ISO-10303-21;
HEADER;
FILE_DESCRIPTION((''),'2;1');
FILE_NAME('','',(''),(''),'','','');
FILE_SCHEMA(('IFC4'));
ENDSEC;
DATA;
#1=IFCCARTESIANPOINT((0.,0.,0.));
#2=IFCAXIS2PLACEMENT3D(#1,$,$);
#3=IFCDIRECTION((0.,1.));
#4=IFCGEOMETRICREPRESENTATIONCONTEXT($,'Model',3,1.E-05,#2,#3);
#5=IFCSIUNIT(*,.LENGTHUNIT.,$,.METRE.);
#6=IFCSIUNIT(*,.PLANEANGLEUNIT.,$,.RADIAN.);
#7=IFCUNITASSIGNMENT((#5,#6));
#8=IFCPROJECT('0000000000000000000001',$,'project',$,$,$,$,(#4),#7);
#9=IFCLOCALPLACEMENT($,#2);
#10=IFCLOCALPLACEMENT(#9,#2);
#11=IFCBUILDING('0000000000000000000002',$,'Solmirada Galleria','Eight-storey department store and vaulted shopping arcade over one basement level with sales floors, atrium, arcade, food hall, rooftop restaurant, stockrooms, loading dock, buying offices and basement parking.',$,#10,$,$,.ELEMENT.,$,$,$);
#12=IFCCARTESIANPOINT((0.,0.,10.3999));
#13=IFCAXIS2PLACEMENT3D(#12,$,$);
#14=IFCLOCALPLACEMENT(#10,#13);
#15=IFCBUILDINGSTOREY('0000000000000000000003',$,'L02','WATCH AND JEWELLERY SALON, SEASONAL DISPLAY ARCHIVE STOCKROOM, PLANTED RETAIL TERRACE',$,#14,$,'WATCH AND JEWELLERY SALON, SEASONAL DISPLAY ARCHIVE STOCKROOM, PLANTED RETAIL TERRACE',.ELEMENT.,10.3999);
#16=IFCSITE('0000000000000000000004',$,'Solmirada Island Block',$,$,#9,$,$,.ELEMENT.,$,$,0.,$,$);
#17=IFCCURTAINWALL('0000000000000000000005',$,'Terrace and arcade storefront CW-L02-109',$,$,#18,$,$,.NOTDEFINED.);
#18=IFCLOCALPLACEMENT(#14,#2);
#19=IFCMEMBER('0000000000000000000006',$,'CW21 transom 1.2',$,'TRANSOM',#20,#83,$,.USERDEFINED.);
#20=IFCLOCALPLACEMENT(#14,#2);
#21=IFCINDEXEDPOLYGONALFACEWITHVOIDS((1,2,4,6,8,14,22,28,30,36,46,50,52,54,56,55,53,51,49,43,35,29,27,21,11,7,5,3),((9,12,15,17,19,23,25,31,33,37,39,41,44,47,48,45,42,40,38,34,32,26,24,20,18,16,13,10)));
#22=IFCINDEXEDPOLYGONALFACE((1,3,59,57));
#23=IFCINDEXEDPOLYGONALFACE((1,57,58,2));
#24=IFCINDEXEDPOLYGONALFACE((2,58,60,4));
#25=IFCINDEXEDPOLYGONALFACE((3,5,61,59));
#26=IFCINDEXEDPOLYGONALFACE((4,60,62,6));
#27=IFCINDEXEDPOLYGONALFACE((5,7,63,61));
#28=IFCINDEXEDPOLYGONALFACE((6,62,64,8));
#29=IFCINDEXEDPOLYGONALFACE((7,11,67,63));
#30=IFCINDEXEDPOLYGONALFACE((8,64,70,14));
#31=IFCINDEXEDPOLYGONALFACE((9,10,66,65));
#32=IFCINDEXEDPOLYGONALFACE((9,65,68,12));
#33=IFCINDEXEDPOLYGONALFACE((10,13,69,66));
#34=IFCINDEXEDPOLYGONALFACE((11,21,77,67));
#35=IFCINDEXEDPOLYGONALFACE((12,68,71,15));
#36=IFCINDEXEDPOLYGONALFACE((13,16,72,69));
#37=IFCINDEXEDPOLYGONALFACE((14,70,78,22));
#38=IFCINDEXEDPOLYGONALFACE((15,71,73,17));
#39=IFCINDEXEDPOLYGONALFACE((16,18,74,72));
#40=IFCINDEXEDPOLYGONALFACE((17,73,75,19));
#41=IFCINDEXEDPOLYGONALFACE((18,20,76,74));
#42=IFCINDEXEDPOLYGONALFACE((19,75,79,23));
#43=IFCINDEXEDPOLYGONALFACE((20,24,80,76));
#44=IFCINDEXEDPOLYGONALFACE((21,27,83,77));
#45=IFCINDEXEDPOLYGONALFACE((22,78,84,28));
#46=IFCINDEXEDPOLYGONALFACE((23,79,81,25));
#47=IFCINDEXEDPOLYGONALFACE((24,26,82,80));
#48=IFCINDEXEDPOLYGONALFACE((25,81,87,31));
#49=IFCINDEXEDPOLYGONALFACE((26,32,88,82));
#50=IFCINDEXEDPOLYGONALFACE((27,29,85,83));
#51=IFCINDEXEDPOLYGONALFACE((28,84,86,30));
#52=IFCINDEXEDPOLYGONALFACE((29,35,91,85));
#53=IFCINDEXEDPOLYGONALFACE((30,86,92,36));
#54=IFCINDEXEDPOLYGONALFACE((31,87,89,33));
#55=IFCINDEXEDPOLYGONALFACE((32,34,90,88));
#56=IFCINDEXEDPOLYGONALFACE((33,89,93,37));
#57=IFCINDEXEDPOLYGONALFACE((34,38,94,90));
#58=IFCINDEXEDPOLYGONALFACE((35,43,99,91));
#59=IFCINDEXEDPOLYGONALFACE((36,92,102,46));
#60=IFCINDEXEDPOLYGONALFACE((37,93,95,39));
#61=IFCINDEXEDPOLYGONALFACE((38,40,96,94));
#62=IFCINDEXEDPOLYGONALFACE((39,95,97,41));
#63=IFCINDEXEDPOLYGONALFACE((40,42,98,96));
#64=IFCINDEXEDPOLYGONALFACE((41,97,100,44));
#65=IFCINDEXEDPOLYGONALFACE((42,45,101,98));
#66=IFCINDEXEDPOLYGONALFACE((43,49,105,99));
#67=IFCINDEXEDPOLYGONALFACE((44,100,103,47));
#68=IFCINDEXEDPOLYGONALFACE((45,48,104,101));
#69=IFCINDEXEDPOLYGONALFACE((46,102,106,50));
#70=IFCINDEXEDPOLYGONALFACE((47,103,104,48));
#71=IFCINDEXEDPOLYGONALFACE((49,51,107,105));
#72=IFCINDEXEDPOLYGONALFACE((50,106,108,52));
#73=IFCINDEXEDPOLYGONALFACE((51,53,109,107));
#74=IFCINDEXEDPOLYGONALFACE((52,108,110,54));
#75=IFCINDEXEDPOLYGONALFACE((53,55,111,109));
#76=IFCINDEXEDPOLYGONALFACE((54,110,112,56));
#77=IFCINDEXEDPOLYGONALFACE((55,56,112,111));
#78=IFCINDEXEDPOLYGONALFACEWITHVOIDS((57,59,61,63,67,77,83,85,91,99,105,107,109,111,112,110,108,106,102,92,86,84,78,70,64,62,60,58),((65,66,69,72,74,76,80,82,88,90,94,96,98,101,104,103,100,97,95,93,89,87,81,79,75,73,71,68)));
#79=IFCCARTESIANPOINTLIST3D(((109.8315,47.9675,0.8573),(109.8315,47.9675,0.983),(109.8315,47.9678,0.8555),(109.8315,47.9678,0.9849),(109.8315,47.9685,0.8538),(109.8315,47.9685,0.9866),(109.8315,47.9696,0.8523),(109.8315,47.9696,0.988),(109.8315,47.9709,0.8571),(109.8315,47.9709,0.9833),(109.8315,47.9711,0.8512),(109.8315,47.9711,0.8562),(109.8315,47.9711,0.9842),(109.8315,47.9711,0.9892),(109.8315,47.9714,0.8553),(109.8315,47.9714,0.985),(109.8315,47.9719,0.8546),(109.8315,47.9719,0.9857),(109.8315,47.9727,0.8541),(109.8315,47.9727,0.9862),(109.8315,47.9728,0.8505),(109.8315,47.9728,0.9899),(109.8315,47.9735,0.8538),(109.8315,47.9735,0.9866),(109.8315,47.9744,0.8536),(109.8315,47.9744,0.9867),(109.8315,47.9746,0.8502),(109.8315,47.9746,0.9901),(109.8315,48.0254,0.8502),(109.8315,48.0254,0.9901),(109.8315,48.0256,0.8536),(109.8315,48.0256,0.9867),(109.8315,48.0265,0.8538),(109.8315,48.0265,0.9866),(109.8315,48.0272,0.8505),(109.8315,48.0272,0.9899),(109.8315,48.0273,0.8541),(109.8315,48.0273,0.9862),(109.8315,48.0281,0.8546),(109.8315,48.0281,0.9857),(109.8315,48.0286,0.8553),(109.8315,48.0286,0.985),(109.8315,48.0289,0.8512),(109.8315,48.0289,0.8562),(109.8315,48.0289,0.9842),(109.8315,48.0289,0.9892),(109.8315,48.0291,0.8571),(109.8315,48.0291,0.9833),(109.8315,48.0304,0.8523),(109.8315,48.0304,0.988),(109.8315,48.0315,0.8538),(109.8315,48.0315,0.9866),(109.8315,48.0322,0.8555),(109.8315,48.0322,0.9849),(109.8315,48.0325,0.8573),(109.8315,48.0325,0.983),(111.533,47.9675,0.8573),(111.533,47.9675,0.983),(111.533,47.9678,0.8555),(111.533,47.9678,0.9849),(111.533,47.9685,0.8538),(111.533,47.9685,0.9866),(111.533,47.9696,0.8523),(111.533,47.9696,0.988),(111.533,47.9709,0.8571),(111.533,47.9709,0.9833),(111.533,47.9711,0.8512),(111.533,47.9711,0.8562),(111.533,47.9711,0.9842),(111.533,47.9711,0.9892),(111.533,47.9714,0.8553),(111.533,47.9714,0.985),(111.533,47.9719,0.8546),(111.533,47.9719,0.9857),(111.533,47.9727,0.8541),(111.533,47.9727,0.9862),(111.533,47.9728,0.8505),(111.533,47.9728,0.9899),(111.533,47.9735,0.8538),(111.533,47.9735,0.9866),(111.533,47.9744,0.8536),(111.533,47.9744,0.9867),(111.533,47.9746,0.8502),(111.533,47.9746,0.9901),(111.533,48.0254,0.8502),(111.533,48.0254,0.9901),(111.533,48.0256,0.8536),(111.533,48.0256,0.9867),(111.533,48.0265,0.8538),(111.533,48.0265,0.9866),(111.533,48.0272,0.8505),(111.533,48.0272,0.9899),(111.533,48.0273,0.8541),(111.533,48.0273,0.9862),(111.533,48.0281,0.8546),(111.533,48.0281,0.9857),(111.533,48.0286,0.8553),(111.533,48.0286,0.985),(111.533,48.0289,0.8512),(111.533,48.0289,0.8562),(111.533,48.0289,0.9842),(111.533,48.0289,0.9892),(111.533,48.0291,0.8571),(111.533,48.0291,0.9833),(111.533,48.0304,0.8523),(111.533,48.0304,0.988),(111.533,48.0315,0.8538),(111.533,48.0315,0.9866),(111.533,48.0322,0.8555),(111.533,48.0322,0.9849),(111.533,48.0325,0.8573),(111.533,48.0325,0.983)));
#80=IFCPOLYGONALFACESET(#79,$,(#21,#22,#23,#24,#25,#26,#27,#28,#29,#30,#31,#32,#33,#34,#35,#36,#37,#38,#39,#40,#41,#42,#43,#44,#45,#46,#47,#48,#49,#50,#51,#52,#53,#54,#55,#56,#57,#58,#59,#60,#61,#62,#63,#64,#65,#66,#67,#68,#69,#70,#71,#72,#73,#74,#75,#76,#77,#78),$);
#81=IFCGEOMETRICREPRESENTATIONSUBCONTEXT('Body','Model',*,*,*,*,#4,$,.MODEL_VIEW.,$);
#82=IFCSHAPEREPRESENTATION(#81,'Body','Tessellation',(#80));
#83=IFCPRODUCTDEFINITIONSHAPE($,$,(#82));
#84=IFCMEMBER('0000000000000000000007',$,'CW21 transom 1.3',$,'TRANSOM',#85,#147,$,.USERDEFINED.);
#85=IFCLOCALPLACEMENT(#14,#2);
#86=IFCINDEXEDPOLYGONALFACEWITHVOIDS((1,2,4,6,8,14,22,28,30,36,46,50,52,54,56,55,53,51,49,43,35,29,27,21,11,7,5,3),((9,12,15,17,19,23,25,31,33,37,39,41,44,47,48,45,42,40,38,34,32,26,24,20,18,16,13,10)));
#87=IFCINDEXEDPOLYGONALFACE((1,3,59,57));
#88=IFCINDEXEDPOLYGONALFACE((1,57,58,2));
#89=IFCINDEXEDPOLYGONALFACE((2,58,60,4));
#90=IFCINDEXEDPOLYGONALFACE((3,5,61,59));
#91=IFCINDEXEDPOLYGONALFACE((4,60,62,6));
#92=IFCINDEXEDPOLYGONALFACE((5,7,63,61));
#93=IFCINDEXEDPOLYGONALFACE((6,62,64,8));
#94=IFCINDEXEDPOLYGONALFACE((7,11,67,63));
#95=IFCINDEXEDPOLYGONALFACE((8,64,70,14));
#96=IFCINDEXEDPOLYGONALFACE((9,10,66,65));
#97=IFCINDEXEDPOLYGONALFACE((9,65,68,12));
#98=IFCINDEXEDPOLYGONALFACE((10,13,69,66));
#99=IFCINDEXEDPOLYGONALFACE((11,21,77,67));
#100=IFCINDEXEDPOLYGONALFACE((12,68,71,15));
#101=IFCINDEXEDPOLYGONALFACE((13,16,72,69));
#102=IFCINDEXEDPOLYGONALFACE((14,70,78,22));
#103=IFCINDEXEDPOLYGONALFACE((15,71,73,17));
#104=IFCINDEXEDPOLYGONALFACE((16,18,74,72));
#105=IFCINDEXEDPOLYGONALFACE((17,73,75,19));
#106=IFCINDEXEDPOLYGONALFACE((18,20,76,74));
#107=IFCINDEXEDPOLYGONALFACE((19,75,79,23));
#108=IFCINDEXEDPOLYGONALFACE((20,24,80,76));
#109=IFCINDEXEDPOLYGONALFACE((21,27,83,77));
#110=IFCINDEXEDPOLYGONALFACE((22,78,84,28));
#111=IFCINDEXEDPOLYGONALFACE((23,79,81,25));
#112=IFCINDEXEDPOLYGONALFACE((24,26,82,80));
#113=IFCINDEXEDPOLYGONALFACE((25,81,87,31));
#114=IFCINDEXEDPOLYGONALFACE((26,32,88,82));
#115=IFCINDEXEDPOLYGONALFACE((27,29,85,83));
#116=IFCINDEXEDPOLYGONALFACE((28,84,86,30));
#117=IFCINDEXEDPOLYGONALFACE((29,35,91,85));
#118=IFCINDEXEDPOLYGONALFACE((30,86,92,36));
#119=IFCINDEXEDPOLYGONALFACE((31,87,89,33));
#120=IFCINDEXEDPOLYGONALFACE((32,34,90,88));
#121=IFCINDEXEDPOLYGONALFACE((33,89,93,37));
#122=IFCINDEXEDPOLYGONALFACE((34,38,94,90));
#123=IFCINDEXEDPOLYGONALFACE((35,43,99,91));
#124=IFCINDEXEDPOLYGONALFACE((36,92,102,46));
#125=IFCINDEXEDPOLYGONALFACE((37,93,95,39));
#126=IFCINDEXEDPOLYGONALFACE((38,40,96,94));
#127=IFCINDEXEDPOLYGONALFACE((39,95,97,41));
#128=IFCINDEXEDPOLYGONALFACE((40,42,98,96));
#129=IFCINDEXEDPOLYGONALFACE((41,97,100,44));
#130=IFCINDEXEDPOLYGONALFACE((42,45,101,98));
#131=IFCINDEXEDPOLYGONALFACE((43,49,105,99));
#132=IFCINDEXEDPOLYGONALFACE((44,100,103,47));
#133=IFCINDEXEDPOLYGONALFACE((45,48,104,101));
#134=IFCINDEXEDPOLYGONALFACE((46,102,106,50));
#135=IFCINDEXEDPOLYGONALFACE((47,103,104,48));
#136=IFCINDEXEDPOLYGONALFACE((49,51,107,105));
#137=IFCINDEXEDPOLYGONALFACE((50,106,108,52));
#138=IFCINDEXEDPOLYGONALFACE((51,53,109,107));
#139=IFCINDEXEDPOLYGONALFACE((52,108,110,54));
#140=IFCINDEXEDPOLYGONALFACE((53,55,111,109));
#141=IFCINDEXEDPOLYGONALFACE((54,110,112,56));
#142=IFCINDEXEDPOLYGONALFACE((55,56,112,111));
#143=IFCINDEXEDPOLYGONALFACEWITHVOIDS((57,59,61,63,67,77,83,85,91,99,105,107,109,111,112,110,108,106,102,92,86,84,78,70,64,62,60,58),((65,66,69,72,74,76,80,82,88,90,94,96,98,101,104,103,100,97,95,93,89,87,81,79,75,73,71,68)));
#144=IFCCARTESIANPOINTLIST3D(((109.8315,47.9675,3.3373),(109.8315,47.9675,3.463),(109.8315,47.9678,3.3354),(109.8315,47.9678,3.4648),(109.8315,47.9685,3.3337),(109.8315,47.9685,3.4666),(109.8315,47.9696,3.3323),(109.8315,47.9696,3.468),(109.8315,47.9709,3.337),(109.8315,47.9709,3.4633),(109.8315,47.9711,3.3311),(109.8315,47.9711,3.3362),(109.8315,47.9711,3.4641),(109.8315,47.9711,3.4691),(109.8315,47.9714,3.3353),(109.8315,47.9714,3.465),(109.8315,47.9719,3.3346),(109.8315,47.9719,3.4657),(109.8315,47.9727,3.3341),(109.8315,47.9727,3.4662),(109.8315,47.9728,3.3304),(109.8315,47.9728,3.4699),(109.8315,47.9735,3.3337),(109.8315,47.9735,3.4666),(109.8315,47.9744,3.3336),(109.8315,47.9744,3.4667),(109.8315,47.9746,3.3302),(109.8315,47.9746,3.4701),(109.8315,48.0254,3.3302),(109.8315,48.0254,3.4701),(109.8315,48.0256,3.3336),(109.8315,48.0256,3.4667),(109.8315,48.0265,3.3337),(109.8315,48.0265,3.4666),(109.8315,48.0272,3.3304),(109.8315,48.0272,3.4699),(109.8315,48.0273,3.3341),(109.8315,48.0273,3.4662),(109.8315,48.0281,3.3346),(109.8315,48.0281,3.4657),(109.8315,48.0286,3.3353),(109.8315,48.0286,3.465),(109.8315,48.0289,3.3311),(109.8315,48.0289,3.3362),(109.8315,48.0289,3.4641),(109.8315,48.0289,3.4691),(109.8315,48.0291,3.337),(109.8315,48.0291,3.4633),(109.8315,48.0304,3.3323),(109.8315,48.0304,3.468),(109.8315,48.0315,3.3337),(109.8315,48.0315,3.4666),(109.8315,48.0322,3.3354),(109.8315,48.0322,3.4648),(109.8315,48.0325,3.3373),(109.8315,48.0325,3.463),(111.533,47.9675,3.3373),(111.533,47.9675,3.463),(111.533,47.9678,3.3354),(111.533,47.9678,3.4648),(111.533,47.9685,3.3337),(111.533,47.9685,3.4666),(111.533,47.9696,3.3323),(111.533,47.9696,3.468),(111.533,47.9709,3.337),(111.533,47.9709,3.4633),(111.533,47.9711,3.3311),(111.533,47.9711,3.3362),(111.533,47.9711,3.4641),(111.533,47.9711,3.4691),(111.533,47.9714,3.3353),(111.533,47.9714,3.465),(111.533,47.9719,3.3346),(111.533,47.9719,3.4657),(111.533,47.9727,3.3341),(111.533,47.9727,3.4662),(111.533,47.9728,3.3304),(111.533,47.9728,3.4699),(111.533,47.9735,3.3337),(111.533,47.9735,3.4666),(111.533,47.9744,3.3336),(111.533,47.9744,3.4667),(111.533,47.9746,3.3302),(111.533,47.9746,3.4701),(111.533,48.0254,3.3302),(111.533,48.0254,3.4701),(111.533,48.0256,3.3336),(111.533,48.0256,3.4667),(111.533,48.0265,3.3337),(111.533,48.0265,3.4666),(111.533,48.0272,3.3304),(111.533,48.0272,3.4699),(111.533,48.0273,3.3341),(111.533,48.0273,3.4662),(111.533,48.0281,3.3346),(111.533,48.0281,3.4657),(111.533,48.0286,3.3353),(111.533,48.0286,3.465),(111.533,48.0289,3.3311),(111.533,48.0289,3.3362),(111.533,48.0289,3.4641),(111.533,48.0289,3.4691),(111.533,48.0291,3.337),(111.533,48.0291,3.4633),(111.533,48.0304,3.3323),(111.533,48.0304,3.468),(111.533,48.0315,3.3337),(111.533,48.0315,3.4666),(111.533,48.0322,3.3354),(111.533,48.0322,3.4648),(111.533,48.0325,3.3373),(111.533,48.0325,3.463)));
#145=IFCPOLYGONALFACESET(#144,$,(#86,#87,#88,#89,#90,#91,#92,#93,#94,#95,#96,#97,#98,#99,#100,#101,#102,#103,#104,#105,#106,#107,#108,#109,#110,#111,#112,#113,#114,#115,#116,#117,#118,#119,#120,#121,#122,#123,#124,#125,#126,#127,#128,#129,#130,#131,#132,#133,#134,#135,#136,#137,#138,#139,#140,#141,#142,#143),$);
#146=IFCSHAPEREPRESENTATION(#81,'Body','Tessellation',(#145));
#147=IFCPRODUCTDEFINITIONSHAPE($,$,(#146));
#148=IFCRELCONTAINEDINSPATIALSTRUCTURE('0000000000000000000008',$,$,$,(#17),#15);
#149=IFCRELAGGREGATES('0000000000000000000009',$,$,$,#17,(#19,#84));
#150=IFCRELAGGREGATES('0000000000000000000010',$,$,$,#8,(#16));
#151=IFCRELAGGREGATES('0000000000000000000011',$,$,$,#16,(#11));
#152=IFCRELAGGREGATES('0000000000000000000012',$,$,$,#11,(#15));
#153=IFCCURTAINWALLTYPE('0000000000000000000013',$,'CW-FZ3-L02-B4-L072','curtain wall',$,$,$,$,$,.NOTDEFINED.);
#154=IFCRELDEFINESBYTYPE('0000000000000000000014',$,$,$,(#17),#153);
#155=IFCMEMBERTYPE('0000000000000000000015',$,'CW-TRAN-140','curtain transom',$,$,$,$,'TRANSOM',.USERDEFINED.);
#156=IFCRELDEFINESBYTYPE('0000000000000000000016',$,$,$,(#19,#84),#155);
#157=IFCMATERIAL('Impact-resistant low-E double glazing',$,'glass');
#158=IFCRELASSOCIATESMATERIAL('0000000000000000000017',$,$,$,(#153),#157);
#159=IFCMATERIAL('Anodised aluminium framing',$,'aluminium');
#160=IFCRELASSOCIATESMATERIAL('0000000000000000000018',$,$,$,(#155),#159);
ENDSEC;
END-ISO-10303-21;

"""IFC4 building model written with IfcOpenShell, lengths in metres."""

from ifc_helpers import new_model, si_unit, direction, frame, origin, origin_2d, place, context, subcontext, project, spatial, hollow_rectangle, extrude, material, material_profile, profile_set, type_object, element, aggregate, save


model = new_model("IFC4")

# Units and contexts
model_context = context("Model", 3, precision=1e-05, world=origin(), true_north=direction((0.0, 1.0)))
body_context = subcontext(model_context, "Body", "Model", "MODEL_VIEW")
ifc_project = project(units=[si_unit("LENGTHUNIT", "METRE"), si_unit("PLANEANGLEUNIT", "RADIAN")], contexts=[model_context])

# Site, building, storey
site_placement = place(None, origin())
site = spatial("IfcSite", under=ifc_project, at=site_placement, Name="Solmirada Island Block", CompositionType="ELEMENT", RefElevation=0.0)
building_placement = place(site_placement, origin())
building = spatial("IfcBuilding", under=site, at=building_placement, Name="Solmirada Galleria", Description="Eight-storey department store and vaulted shopping arcade over one basement level with sales floors, atrium, arcade, food hall, rooftop restaurant, stockrooms, loading dock, buying offices and basement parking.", CompositionType="ELEMENT")
storey_placement = place(building_placement, frame((0.0, 0.0, 10.3999)))
storey = spatial("IfcBuildingStorey", under=building, at=storey_placement, Name="L02", Description="WATCH AND JEWELLERY SALON, SEASONAL DISPLAY ARCHIVE STOCKROOM, PLANTED RETAIL TERRACE", LongName="WATCH AND JEWELLERY SALON, SEASONAL DISPLAY ARCHIVE STOCKROOM, PLANTED RETAIL TERRACE", CompositionType="ELEMENT", Elevation=10.3999)

# Curtain wall
ifc_material_1 = material(Name="Impact-resistant low-E double glazing", Category="glass")
curtain_wall_type = type_object("IfcCurtainWallType", Name="CW-FZ3-L02-B4-L072", Description="curtain wall", PredefinedType="NOTDEFINED", material=ifc_material_1)
ifc_material_2 = material(Name="Anodised aluminium framing", Category="aluminium")
curtain_wall_1_placement = place(storey_placement, origin())
curtain_wall_1 = element("IfcCurtainWall", 1, at=curtain_wall_1_placement, inside=storey, type_object=curtain_wall_type, Name="Terrace and arcade storefront CW-L02-109", PredefinedType="NOTDEFINED")

# Members
ifc_material_profile_1 = material_profile(ifc_material_2, hollow_rectangle(XDim=0.0649, YDim=0.1399, WallThickness=0.0034, InnerFilletRadius=0.0034, OuterFilletRadius=0.0071, at=origin_2d()), Name="ALU-TRAN-140X65")
ifc_profile_set_1 = profile_set([ifc_material_profile_1], Name="Anodised aluminium framing")
member_type_1 = type_object("IfcMemberType", Name="CW-TRAN-140", Description="curtain transom", ElementType="TRANSOM", PredefinedType="USERDEFINED", material=ifc_profile_set_1)
member_1_placement = place(storey_placement, frame((111.533, 48.0, 0.9202), z_axis=(-1.0, 0.0, 0.0), x_axis=(0.0, -1.0, 0.0)))
member_1 = element("IfcMember", 2, at=member_1_placement, type_object=member_type_1, Name="CW21 transom 1.2", ObjectType="TRANSOM", PredefinedType="USERDEFINED", context=body_context, shape_type="SweptSolid", body=[
    extrude(hollow_rectangle(XDim=0.0649, YDim=0.1399, WallThickness=0.0034, InnerFilletRadius=0.0034, OuterFilletRadius=0.0071, at=origin_2d()), origin(), (0.0, 0.0, 1.0), 1.7014),
])
member_2_placement = place(storey_placement, frame((111.533, 48.0, 3.4001), z_axis=(-1.0, 0.0, 0.0), x_axis=(0.0, -1.0, 0.0)))
member_2 = element("IfcMember", 3, at=member_2_placement, type_object=member_type_1, Name="CW21 transom 1.3", ObjectType="TRANSOM", PredefinedType="USERDEFINED", context=body_context, shape_type="SweptSolid", body=[
    extrude(hollow_rectangle(XDim=0.0649, YDim=0.1399, WallThickness=0.0034, InnerFilletRadius=0.0034, OuterFilletRadius=0.0071, at=origin_2d()), origin(), (0.0, 0.0, 1.0), 1.7014),
])

aggregate(curtain_wall_1, [member_1, member_2])

save(model, "model.ifc")
